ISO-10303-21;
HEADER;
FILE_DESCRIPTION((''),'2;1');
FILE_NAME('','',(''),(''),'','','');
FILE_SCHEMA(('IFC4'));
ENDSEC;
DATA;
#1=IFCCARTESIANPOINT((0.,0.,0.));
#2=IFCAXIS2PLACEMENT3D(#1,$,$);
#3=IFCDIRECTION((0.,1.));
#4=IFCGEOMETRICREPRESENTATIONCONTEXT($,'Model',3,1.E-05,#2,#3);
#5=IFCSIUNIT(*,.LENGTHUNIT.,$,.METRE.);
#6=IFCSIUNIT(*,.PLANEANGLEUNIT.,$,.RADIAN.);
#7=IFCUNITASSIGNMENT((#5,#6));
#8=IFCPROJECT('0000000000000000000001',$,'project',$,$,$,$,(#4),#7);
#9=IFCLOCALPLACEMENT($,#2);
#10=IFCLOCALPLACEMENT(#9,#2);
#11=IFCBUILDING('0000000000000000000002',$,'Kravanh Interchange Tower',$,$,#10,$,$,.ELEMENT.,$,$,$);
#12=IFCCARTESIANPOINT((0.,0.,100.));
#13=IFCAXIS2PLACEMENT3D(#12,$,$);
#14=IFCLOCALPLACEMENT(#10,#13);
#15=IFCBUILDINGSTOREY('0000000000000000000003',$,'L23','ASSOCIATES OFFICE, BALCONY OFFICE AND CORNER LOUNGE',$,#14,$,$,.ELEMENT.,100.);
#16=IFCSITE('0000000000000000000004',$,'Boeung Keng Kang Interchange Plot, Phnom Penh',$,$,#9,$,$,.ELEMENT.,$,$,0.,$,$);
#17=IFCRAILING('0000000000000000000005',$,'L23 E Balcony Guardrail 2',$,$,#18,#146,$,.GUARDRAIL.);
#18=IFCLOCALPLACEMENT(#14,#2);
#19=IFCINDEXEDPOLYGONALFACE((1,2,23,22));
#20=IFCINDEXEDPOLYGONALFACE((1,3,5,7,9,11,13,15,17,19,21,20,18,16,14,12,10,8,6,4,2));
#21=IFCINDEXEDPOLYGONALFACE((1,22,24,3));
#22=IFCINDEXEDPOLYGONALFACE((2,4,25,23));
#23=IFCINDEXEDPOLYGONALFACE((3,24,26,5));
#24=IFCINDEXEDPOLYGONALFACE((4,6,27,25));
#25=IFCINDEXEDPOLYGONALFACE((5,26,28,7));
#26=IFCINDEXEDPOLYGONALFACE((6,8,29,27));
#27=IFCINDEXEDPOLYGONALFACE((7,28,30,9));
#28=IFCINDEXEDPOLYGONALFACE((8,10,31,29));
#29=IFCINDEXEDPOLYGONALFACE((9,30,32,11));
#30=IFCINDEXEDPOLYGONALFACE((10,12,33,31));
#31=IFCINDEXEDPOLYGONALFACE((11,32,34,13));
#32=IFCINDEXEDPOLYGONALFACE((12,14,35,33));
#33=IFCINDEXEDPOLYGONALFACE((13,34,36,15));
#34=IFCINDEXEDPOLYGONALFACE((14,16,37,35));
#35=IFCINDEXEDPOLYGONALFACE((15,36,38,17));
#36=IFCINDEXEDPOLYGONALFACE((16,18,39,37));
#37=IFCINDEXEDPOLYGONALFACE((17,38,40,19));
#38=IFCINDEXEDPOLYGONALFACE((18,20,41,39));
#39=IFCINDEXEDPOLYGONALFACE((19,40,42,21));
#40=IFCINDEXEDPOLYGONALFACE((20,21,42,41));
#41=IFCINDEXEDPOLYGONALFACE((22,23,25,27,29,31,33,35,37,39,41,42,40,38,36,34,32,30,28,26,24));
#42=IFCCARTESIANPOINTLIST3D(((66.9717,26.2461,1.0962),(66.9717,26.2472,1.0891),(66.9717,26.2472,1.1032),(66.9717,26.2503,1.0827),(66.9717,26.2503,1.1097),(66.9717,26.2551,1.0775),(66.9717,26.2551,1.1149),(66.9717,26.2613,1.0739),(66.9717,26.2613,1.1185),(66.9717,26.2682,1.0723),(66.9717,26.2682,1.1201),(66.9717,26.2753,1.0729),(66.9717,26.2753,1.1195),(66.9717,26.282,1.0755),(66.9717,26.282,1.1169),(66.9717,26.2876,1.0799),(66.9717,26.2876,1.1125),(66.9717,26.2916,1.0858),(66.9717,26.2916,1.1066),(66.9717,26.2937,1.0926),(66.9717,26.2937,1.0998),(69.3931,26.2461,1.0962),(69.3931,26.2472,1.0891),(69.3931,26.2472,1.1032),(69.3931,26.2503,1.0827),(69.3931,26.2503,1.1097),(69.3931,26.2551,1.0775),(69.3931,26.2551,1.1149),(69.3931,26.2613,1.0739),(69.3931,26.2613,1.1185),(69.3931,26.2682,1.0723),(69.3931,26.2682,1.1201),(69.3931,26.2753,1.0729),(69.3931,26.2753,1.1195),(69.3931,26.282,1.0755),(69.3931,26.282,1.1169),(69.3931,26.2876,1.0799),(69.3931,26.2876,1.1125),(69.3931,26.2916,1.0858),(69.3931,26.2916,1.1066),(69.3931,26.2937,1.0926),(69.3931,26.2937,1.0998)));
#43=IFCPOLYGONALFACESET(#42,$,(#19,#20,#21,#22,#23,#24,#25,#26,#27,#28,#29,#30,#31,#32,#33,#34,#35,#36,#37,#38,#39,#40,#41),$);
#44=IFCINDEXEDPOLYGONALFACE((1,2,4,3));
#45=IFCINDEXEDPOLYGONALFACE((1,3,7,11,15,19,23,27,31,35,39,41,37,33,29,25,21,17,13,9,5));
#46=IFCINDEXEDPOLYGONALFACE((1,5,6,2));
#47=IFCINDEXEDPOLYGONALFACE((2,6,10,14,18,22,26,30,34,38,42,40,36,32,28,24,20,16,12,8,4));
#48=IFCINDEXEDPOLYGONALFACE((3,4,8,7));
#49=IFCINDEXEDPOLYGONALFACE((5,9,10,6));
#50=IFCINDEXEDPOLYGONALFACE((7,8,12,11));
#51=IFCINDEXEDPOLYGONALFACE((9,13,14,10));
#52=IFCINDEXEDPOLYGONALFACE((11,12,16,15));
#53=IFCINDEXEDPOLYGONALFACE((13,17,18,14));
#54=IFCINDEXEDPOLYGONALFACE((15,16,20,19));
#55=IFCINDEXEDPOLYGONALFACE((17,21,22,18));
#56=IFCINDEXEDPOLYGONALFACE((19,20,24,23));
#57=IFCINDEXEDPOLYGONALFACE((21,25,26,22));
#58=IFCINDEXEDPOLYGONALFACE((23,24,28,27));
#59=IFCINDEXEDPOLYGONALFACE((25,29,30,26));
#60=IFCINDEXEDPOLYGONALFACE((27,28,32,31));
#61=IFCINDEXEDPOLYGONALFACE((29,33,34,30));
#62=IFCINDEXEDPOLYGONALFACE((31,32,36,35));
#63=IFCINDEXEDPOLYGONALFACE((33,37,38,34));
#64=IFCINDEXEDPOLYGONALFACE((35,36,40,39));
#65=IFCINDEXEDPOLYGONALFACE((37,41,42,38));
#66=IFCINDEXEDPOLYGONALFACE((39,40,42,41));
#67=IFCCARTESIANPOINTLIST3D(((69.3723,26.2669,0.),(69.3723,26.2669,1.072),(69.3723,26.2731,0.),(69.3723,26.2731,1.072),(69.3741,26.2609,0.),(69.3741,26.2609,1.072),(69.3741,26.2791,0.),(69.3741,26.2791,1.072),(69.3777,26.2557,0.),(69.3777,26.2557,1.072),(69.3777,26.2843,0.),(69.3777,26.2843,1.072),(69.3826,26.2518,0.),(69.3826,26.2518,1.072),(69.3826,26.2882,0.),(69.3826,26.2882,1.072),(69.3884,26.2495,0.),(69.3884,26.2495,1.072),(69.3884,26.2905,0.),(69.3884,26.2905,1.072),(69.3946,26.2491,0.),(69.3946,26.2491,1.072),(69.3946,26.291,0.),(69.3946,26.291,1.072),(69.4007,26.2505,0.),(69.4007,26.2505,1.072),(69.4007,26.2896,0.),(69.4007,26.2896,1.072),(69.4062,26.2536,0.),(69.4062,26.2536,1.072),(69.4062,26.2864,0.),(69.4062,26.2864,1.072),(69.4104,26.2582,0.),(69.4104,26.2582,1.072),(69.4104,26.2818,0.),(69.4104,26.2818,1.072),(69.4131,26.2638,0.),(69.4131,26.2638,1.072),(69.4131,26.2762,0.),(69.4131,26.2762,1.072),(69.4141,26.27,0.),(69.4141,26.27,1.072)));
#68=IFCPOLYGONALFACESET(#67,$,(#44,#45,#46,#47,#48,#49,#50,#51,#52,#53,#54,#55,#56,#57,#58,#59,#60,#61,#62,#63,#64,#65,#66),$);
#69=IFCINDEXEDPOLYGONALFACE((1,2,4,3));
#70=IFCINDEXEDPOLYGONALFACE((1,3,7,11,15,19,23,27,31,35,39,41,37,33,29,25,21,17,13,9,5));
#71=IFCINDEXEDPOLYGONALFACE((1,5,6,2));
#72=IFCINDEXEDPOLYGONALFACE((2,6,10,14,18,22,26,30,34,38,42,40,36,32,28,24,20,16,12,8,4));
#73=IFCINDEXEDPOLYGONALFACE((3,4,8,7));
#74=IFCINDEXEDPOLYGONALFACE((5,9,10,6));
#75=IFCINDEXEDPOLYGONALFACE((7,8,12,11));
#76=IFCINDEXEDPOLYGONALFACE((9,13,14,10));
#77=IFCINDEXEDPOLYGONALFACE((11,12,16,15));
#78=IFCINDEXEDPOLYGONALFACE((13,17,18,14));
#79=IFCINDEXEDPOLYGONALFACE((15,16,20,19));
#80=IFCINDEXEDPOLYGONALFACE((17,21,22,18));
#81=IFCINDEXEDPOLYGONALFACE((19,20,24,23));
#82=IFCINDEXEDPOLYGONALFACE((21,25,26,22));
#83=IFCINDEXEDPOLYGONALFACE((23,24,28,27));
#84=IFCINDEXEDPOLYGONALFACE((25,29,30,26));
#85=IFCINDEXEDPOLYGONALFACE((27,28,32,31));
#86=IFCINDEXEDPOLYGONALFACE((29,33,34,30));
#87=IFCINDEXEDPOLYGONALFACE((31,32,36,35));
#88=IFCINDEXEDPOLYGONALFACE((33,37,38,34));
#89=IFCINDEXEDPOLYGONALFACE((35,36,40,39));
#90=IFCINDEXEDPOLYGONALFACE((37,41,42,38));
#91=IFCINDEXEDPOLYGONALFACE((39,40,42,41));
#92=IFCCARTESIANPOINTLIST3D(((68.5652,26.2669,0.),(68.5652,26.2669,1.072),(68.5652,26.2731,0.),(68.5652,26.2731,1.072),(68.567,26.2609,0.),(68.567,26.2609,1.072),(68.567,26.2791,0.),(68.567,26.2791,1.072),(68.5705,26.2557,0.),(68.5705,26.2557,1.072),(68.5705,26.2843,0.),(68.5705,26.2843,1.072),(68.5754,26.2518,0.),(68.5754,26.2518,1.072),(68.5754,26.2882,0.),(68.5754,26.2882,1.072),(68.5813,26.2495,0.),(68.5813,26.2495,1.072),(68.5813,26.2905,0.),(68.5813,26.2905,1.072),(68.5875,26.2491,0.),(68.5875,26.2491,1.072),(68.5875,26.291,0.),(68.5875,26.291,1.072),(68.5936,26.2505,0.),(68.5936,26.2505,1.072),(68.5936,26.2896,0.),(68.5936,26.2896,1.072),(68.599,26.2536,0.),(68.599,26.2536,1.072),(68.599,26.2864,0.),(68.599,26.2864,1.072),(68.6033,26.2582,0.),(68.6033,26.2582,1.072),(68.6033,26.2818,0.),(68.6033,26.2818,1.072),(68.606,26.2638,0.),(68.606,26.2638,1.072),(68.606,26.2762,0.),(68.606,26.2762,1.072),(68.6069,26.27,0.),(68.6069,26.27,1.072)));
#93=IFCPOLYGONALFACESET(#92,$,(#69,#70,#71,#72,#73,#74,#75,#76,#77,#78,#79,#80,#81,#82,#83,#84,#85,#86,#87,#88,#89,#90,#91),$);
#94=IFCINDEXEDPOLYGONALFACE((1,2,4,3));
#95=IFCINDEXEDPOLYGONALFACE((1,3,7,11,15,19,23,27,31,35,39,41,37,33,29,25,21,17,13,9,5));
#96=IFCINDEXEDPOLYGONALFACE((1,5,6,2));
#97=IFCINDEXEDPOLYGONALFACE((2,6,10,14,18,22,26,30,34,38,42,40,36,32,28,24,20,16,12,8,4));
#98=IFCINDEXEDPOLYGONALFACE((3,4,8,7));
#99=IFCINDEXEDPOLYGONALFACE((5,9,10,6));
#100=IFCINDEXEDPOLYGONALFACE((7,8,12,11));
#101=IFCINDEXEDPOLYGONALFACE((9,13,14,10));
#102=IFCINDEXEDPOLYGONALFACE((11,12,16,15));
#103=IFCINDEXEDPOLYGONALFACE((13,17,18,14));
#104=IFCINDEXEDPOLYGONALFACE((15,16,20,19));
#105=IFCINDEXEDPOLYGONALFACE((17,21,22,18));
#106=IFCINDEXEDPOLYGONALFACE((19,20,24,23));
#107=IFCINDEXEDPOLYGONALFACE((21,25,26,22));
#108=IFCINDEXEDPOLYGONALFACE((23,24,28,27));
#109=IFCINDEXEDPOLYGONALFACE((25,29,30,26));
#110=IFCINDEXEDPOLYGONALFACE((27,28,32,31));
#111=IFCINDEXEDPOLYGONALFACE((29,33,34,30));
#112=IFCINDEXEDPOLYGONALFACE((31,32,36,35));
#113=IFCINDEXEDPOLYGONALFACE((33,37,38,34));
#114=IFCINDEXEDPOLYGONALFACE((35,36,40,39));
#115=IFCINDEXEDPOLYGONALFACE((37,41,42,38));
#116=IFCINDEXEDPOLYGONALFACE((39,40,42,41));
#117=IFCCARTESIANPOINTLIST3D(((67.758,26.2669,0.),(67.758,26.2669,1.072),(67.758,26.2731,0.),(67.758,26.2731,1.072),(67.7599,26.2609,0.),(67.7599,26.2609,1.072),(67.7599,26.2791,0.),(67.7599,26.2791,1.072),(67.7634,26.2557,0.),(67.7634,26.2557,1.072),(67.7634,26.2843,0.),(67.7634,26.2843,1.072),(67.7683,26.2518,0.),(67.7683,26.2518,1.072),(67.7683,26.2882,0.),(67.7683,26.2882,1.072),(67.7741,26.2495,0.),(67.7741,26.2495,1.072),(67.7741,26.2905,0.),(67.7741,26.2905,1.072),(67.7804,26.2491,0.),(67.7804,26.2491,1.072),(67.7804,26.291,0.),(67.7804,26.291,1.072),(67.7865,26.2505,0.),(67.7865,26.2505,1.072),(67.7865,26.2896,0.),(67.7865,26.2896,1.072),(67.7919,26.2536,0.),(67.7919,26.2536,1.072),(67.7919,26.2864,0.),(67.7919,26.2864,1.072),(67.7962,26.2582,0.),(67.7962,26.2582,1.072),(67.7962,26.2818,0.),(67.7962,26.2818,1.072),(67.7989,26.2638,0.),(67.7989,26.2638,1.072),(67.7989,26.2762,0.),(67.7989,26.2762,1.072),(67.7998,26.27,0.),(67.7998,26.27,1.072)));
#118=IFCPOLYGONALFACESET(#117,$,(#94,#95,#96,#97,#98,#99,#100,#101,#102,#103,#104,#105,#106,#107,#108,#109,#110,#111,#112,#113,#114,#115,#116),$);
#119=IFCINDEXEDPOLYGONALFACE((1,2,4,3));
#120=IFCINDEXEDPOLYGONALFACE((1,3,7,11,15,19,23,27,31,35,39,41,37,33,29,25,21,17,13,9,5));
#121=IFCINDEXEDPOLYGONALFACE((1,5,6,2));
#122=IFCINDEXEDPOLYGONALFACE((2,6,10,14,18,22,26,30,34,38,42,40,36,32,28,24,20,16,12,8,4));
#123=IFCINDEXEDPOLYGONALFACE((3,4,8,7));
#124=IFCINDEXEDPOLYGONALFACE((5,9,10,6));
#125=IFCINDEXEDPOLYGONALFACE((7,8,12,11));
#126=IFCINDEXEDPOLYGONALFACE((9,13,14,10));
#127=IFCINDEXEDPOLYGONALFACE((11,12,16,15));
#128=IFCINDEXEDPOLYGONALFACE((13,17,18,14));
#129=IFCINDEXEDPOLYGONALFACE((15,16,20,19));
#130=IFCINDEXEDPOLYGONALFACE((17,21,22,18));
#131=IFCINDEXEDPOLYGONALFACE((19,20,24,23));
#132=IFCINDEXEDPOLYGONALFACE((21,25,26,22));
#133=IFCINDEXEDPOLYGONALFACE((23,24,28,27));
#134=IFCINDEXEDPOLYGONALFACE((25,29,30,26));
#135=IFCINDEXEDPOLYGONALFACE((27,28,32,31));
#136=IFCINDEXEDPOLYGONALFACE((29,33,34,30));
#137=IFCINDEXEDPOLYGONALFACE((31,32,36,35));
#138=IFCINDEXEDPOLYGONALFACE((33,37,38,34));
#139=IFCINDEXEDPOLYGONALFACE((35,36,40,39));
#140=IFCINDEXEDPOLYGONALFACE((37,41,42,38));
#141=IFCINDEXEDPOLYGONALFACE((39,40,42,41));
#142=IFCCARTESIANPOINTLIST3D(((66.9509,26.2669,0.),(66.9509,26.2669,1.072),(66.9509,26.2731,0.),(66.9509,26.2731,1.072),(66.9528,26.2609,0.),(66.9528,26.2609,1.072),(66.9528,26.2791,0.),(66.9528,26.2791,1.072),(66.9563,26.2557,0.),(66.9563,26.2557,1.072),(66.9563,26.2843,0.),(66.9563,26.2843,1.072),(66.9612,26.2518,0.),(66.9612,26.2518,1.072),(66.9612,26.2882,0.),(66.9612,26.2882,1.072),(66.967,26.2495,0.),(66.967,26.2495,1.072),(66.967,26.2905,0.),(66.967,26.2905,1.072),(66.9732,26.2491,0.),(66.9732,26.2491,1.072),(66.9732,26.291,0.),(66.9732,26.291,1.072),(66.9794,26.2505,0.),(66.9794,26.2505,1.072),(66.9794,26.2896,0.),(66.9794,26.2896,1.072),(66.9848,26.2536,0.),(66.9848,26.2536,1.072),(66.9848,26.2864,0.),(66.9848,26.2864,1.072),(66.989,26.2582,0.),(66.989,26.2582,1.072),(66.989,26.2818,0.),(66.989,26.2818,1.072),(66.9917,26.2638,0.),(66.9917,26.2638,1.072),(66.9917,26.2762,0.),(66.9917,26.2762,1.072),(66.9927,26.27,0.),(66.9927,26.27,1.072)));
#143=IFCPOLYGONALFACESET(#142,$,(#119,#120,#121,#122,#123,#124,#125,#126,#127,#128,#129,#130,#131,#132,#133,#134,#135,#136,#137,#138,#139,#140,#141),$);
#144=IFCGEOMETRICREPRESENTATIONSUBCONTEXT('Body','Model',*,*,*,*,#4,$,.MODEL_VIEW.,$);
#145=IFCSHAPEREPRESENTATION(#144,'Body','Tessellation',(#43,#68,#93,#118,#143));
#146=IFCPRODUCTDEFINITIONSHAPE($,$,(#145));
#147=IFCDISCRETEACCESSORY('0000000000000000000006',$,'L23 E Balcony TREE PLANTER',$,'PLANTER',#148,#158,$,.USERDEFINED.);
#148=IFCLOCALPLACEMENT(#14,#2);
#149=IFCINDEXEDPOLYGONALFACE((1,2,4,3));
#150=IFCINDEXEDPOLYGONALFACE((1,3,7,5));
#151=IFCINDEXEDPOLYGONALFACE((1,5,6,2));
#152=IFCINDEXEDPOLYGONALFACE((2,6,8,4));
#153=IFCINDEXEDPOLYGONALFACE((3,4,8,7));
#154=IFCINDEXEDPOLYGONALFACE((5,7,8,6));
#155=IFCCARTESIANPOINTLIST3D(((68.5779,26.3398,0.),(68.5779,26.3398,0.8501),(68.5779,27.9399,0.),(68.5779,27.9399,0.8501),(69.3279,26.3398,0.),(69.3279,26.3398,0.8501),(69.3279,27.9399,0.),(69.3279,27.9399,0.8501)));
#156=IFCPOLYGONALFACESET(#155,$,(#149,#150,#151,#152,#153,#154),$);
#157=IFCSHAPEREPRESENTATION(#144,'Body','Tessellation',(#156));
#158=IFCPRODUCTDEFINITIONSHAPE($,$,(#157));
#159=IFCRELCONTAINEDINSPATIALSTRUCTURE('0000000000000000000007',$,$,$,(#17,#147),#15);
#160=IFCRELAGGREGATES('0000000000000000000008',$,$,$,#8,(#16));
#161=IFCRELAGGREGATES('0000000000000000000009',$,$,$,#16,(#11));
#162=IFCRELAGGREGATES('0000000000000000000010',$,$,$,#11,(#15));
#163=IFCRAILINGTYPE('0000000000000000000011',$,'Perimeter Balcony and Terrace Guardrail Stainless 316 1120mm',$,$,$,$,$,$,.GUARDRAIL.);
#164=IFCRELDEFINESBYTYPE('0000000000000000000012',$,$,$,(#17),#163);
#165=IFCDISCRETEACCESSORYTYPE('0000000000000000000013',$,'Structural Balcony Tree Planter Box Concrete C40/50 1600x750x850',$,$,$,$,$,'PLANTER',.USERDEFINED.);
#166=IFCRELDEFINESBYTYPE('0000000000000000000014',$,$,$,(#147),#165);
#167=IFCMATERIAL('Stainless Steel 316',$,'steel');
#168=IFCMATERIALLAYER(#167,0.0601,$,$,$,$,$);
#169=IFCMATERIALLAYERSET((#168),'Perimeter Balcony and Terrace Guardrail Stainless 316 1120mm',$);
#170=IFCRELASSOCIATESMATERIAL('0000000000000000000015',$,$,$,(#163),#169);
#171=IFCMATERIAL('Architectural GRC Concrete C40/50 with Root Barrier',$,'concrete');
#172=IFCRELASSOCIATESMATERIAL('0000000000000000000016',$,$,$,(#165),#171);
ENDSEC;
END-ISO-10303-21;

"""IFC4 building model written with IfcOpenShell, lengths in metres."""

from ifc_helpers import new_model, si_unit, direction, frame, origin, origin_2d, place, context, subcontext, project, spatial, rectangle, circle, extrude, material, layer, layer_set, type_object, element, save


model = new_model("IFC4")

# Units and contexts
model_context = context("Model", 3, precision=1e-05, world=origin(), true_north=direction((0.0, 1.0)))
body_context = subcontext(model_context, "Body", "Model", "MODEL_VIEW")
ifc_project = project(units=[si_unit("LENGTHUNIT", "METRE"), si_unit("PLANEANGLEUNIT", "RADIAN")], contexts=[model_context])

# Site, building, storey
site_placement = place(None, origin())
site = spatial("IfcSite", under=ifc_project, at=site_placement, Name="Boeung Keng Kang Interchange Plot, Phnom Penh", CompositionType="ELEMENT", RefElevation=0.0)
building_placement = place(site_placement, origin())
building = spatial("IfcBuilding", under=site, at=building_placement, Name="Kravanh Interchange Tower", CompositionType="ELEMENT")
storey_placement = place(building_placement, frame((0.0, 0.0, 100.0)))
storey = spatial("IfcBuildingStorey", under=building, at=storey_placement, Name="L23", Description="ASSOCIATES OFFICE, BALCONY OFFICE AND CORNER LOUNGE", CompositionType="ELEMENT", Elevation=100.0)

# Railing
ifc_material_1 = material(Name="Stainless Steel 316", Category="steel")
ifc_layer = layer(ifc_material_1, 0.0601)
ifc_layer_set = layer_set([ifc_layer], Name="Perimeter Balcony and Terrace Guardrail Stainless 316 1120mm")
railing_type = type_object("IfcRailingType", Name="Perimeter Balcony and Terrace Guardrail Stainless 316 1120mm", PredefinedType="GUARDRAIL", material=ifc_layer_set)
railing_placement = place(storey_placement, frame((69.3931, 26.27, 0.0)))
element("IfcRailing", 1, at=railing_placement, inside=storey, type_object=railing_type, Name="L23 E Balcony Guardrail 2", PredefinedType="GUARDRAIL", context=body_context, shape_type="SweptSolid", body=[
    extrude(circle(Radius=0.0239, at=origin_2d()), frame((0.0, 0.0, 1.0962), z_axis=(-1.0, 0.0, 0.0), x_axis=(0.0, -1.0, 0.0)), (0.0, 0.0, 1.0), 2.4214),
    extrude(circle(Radius=0.021, at=origin_2d()), origin(), (0.0, 0.0, 1.0), 1.072),
    extrude(circle(Radius=0.021, at=origin_2d()), frame((-0.8071, 0.0, 0.0)), (0.0, 0.0, 1.0), 1.072),
    extrude(circle(Radius=0.021, at=origin_2d()), frame((-1.6143, 0.0, 0.0)), (0.0, 0.0, 1.0), 1.072),
    extrude(circle(Radius=0.021, at=origin_2d()), frame((-2.4214, 0.0, 0.0)), (0.0, 0.0, 1.0), 1.072),
])

# Discrete accessory
ifc_material_2 = material(Name="Architectural GRC Concrete C40/50 with Root Barrier", Category="concrete")
discrete_accessory_type = type_object("IfcDiscreteAccessoryType", Name="Structural Balcony Tree Planter Box Concrete C40/50 1600x750x850", ElementType="PLANTER", PredefinedType="USERDEFINED", material=ifc_material_2)
discrete_accessory_placement = place(storey_placement, frame((68.9529, 27.1399, 0.0), z_axis=(0.0, 0.0, 1.0), x_axis=(1.0, 0.0, 0.0)))
element("IfcDiscreteAccessory", 2, at=discrete_accessory_placement, inside=storey, type_object=discrete_accessory_type, Name="L23 E Balcony TREE PLANTER", ObjectType="PLANTER", PredefinedType="USERDEFINED", context=body_context, shape_type="SweptSolid", body=[
    extrude(rectangle(XDim=0.75, YDim=1.6001, at=origin_2d()), origin(), (0.0, 0.0, 1.0), 0.8501),
])

save(model, "model.ifc")
